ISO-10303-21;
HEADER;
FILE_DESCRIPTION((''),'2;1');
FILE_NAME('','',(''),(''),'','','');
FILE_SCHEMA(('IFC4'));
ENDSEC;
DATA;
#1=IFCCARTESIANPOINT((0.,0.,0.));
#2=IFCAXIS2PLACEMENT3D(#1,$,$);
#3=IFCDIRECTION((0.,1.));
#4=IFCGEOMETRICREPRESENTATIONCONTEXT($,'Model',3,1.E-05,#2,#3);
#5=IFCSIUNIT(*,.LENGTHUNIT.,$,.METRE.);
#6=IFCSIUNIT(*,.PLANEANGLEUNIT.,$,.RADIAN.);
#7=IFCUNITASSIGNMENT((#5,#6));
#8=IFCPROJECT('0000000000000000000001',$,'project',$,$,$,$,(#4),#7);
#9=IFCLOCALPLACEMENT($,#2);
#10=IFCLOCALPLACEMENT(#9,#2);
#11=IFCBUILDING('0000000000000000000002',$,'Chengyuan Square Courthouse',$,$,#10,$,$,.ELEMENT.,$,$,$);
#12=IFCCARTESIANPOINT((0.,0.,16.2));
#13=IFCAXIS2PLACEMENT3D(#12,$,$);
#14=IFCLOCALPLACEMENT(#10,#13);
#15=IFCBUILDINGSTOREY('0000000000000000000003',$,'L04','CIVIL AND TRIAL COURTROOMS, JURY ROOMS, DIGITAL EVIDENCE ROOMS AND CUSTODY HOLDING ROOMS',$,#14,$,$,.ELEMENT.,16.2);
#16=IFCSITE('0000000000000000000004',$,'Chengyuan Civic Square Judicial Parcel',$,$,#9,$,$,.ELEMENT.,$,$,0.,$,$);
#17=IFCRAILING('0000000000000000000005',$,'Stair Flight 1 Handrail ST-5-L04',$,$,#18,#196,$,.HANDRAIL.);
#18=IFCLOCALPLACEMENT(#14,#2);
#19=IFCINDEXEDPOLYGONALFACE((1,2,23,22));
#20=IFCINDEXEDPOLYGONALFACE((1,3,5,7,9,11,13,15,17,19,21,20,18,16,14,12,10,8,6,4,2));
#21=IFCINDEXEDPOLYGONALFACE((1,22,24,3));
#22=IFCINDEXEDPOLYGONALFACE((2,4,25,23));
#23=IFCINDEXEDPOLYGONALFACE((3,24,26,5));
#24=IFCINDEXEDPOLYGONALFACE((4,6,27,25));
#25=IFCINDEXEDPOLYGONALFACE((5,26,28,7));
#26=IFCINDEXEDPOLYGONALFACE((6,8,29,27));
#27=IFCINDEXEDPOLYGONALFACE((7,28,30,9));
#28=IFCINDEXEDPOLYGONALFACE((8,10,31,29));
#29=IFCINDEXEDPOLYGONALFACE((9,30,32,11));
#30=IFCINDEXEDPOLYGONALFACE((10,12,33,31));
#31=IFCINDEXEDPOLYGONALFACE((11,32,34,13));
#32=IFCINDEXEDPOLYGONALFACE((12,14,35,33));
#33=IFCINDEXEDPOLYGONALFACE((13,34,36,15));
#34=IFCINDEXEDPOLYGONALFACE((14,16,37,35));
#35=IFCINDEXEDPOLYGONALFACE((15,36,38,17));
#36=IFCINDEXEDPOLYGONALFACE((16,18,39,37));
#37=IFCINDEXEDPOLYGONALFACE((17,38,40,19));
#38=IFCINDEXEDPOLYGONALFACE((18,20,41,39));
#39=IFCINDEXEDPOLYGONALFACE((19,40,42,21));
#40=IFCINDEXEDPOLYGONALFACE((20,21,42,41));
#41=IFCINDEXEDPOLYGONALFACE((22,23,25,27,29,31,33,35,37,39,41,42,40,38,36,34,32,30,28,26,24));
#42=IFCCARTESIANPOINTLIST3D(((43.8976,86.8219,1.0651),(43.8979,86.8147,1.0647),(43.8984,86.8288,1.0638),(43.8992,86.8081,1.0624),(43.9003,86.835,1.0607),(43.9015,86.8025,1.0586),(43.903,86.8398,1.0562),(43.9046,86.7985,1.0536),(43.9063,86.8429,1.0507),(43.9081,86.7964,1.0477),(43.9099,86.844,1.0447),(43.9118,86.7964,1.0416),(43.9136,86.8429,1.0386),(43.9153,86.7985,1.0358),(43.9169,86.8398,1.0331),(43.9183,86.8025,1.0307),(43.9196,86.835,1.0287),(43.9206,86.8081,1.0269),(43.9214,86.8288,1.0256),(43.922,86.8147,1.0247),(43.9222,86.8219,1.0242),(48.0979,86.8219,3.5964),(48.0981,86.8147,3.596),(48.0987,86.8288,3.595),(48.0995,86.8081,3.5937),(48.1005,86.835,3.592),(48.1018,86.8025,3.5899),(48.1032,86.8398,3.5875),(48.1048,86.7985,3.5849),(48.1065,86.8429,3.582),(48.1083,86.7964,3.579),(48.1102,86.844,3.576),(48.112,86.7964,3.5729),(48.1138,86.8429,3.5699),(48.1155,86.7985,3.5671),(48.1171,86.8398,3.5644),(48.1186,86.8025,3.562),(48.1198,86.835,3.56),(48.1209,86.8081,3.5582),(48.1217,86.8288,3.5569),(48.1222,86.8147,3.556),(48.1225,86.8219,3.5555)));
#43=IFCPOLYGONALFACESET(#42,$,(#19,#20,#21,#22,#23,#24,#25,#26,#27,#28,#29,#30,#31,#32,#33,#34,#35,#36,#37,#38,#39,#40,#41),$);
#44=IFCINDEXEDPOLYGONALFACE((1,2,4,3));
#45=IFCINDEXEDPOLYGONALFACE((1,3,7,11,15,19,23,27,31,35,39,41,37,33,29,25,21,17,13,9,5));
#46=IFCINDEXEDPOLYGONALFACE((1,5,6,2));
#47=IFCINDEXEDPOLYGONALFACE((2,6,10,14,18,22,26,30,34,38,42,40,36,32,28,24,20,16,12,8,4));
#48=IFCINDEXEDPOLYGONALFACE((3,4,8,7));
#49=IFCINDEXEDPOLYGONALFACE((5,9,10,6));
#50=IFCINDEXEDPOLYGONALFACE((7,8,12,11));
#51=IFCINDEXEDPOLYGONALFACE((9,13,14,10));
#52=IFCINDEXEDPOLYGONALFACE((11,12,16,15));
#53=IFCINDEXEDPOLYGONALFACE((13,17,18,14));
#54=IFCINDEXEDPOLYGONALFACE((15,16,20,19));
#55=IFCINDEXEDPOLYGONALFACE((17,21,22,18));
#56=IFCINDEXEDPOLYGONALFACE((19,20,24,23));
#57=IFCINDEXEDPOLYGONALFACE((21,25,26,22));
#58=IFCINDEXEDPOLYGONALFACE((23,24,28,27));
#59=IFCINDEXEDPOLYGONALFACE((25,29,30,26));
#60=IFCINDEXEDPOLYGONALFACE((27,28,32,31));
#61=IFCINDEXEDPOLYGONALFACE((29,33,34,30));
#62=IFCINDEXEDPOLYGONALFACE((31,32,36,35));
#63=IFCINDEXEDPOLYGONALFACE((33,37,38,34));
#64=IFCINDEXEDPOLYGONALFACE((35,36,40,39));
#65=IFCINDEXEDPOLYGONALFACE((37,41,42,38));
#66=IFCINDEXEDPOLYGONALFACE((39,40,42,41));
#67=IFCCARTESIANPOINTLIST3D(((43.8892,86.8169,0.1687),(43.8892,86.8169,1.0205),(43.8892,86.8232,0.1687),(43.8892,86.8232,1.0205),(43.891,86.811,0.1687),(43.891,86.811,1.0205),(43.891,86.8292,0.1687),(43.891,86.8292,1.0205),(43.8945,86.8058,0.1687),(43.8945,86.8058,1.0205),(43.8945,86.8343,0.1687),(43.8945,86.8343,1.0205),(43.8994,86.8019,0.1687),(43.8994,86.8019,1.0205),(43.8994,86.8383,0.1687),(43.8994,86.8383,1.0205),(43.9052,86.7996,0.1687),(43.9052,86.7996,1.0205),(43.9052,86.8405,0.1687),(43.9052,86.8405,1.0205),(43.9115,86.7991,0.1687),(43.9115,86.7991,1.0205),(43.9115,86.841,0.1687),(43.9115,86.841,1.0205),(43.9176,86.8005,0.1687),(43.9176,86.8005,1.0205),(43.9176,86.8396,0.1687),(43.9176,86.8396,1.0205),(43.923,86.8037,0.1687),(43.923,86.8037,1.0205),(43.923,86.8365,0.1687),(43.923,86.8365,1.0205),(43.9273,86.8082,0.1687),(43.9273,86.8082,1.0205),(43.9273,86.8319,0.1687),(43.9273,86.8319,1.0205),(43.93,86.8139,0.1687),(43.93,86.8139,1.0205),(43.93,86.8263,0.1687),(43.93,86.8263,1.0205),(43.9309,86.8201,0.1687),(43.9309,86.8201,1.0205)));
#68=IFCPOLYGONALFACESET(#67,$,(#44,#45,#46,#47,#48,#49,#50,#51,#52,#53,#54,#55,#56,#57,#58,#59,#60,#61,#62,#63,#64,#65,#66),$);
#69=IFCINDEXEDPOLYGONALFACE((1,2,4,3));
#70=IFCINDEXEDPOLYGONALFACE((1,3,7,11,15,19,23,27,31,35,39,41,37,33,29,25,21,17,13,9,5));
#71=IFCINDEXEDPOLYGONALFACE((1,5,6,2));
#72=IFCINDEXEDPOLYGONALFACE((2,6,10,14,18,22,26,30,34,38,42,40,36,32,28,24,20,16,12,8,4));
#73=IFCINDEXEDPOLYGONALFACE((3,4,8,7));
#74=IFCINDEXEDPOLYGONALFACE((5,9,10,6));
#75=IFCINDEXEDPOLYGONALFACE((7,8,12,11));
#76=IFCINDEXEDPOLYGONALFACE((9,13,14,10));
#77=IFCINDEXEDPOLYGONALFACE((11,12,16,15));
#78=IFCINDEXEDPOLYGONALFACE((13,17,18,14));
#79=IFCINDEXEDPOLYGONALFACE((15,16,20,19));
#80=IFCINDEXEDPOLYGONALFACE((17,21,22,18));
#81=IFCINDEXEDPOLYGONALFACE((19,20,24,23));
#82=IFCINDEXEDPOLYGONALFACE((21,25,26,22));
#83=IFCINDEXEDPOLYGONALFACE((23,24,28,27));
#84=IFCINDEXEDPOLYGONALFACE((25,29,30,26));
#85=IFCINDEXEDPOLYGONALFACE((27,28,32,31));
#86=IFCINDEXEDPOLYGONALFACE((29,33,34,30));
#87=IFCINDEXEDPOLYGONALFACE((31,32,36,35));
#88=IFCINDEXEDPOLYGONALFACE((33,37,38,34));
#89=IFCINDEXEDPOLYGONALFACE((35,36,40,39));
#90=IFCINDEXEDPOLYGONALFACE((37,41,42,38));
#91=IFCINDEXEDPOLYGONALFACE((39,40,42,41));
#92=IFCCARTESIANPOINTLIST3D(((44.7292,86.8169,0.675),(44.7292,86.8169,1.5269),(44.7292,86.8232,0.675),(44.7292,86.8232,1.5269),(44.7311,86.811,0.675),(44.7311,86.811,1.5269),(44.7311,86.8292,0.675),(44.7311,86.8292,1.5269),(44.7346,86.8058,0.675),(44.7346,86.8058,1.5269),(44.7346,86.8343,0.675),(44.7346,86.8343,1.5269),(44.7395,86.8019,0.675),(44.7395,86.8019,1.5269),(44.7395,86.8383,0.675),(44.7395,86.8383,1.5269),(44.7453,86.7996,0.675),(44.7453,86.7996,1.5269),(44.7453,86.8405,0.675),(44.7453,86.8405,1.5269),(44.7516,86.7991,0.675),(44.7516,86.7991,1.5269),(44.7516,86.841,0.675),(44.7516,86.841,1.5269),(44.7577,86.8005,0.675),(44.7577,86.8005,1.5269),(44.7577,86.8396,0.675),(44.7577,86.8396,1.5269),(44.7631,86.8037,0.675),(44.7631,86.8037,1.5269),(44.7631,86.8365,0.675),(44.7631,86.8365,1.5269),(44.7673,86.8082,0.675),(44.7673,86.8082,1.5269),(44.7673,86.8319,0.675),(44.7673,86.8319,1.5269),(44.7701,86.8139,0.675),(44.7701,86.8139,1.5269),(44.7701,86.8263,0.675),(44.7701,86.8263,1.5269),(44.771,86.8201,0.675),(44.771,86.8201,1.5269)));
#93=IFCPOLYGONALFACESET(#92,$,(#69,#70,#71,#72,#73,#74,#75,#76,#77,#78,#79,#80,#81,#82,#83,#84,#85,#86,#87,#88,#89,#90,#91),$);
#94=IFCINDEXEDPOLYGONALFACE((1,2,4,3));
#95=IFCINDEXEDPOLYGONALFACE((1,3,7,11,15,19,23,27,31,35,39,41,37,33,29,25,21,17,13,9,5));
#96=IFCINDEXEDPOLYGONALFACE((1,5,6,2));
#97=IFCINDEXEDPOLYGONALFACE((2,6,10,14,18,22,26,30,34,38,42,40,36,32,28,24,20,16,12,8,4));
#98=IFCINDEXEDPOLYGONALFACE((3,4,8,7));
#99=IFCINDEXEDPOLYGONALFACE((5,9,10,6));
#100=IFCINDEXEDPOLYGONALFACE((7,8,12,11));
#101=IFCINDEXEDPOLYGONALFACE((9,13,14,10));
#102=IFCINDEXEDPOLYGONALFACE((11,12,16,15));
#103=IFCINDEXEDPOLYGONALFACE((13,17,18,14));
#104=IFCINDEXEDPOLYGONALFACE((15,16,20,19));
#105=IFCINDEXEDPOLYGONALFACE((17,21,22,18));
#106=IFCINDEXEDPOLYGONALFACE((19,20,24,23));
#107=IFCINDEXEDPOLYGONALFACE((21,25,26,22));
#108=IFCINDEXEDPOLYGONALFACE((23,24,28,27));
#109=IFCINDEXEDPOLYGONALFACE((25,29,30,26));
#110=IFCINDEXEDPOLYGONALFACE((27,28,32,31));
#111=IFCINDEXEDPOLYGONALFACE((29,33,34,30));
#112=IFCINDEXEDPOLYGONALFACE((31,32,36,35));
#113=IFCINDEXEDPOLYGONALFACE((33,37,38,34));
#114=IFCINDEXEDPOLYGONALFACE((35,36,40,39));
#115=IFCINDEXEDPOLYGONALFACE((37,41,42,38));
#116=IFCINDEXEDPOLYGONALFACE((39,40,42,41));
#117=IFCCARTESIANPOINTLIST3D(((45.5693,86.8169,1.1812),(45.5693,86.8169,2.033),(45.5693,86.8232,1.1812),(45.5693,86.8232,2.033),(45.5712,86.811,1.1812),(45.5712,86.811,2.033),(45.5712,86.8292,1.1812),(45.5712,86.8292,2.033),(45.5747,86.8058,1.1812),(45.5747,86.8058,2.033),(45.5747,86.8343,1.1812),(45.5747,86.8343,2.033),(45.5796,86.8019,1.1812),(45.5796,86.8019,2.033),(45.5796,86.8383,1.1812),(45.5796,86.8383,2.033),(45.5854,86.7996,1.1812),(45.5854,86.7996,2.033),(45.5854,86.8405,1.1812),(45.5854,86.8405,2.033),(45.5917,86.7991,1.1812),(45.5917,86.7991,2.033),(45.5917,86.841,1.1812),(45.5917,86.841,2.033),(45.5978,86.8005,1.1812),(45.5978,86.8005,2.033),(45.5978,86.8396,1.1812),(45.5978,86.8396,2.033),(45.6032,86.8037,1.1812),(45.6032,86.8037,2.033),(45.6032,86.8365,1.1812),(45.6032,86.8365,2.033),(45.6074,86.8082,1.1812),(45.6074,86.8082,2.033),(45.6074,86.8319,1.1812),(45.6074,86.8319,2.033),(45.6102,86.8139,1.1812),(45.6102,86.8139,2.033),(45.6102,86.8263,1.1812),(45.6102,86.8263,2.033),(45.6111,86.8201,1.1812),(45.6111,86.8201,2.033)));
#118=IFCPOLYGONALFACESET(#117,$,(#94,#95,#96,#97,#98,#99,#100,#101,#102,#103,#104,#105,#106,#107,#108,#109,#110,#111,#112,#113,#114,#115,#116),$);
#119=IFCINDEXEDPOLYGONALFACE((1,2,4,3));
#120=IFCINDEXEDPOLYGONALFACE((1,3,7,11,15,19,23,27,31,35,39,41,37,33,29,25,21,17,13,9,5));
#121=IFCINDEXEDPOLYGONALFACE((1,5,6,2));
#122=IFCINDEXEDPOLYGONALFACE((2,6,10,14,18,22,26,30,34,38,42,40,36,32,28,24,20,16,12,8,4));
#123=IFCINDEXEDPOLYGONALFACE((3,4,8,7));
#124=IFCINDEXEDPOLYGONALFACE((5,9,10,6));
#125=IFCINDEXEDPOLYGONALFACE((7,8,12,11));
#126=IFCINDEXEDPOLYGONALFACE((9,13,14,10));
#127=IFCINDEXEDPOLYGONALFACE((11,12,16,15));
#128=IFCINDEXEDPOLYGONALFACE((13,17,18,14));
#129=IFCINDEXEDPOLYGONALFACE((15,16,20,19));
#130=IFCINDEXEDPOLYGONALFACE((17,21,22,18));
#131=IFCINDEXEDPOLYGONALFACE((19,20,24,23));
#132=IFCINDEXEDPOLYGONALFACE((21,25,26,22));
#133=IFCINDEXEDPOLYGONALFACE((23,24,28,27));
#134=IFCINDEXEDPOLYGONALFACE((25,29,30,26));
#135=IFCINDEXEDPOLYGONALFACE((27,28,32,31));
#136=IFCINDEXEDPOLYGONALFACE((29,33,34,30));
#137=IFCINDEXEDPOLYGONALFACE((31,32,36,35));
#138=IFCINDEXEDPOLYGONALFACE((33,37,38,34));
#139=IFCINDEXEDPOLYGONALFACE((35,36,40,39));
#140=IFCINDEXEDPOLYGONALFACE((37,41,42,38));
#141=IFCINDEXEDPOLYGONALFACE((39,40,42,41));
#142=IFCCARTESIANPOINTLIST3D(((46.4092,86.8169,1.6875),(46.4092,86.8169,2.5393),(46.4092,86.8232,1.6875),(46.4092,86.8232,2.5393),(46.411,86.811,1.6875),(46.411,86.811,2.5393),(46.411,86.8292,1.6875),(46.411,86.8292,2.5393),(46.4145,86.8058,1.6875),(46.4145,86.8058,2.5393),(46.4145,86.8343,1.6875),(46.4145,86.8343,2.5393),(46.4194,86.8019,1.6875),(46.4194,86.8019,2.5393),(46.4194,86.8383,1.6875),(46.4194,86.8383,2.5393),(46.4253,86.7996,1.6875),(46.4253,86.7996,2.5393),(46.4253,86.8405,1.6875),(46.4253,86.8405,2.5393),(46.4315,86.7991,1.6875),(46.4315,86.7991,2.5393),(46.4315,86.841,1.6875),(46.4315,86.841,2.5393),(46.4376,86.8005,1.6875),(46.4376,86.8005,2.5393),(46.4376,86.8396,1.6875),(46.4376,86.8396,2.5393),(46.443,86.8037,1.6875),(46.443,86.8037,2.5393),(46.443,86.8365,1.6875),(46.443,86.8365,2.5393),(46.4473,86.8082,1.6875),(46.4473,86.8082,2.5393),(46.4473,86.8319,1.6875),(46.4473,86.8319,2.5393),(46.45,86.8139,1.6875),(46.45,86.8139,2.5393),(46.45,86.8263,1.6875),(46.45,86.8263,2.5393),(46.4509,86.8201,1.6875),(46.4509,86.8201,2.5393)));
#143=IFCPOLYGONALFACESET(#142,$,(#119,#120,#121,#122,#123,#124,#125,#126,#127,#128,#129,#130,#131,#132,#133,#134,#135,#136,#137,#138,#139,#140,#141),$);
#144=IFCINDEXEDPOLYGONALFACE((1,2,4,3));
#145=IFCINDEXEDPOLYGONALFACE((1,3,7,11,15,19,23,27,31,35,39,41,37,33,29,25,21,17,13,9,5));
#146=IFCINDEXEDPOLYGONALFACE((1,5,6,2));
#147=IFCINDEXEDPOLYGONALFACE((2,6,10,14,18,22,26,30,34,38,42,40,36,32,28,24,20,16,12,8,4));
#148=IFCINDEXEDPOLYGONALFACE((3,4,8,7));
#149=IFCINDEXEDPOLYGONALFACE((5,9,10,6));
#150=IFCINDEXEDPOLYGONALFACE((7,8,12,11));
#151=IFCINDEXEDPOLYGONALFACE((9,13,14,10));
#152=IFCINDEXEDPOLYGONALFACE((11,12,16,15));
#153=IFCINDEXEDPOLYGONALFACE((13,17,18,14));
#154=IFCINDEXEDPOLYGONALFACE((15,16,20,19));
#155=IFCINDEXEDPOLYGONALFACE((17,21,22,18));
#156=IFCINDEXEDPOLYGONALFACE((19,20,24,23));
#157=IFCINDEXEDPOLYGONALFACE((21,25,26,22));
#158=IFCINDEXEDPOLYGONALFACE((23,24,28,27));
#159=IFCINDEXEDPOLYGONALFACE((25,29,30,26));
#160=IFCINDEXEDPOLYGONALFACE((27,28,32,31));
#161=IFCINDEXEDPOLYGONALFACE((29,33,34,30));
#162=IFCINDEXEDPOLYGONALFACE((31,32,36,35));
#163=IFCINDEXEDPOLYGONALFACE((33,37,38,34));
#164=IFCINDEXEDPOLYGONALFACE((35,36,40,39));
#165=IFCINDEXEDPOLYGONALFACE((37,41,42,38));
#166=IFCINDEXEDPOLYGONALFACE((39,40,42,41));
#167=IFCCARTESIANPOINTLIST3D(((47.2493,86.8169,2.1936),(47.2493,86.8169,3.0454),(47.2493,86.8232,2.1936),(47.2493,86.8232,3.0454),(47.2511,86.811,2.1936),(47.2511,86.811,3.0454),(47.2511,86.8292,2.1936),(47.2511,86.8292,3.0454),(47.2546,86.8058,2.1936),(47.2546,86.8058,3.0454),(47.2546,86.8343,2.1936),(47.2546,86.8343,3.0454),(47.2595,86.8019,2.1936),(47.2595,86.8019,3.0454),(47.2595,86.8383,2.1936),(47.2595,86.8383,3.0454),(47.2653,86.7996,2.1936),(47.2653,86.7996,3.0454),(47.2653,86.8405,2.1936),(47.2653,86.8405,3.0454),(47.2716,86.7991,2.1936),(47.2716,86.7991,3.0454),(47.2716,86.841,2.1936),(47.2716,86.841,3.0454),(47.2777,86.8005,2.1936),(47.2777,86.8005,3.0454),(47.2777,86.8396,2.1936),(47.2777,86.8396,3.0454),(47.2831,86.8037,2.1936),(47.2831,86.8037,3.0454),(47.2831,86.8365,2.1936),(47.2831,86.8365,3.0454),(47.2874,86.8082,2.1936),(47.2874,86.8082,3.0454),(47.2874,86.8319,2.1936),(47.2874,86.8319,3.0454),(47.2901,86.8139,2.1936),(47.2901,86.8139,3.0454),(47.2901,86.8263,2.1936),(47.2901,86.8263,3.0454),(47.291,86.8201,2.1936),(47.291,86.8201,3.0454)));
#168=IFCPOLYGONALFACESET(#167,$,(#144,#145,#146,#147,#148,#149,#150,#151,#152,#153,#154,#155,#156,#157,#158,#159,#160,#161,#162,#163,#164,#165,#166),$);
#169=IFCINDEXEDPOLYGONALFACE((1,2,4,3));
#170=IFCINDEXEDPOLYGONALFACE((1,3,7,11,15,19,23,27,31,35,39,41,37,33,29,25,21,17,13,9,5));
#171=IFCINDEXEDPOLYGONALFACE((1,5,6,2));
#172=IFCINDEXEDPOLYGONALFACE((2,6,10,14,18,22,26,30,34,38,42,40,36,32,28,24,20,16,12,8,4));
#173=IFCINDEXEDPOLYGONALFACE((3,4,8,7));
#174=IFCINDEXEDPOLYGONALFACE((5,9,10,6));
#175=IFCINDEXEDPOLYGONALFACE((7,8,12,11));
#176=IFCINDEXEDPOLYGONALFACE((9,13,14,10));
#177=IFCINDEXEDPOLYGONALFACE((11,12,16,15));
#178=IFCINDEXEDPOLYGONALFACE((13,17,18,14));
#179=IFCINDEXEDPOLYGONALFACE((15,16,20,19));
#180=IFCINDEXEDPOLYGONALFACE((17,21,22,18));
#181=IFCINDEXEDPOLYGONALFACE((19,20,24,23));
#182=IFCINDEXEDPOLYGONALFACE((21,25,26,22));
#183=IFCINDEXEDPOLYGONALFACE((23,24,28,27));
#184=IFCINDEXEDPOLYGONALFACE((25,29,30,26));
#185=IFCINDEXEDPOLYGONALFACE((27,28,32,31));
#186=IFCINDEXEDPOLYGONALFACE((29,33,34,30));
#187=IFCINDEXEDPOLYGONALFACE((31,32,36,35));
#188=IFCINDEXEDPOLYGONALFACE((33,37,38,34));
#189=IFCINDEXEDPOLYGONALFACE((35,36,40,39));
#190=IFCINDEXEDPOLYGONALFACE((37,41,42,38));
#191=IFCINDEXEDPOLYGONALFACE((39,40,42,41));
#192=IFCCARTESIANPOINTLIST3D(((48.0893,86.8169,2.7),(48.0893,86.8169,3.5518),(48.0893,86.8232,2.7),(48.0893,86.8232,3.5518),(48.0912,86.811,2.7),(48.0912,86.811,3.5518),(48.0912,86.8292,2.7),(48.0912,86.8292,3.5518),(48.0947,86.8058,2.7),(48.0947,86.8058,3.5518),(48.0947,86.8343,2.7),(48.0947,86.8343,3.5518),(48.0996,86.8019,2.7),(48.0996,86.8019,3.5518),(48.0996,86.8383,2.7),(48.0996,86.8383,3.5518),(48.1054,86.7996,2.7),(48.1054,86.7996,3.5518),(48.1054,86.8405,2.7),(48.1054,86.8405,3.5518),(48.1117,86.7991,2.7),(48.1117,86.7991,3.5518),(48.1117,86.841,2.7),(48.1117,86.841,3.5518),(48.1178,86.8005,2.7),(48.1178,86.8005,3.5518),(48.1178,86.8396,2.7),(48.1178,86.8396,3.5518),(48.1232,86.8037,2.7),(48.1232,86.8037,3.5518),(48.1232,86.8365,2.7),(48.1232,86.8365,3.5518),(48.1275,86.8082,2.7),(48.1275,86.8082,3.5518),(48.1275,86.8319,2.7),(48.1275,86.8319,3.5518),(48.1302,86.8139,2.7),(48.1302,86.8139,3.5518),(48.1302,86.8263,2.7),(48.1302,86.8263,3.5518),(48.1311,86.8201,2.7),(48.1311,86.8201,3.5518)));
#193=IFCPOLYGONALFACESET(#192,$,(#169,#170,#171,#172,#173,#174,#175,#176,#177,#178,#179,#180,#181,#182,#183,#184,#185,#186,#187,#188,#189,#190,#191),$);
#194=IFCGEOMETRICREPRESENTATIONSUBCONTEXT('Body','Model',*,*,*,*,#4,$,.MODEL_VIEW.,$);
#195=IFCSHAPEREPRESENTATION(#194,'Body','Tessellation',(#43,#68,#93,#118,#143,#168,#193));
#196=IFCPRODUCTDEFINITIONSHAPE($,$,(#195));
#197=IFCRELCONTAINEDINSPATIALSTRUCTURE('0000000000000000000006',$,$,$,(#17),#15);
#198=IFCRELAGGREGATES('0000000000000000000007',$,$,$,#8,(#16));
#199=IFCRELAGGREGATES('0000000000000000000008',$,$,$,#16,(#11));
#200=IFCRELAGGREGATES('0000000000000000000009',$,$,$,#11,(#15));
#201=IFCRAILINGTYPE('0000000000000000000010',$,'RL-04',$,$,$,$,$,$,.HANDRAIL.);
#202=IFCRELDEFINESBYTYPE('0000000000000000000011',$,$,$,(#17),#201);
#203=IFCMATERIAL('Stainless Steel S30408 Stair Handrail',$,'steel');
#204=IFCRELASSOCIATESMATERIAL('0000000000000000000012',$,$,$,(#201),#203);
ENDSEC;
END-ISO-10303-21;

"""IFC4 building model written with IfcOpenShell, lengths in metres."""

from ifc_helpers import new_model, si_unit, direction, frame, origin, origin_2d, place, context, subcontext, project, spatial, circle, extrude, material, type_object, element, save


model = new_model("IFC4")

# Units and contexts
model_context = context("Model", 3, precision=1e-05, world=origin(), true_north=direction((0.0, 1.0)))
body_context = subcontext(model_context, "Body", "Model", "MODEL_VIEW")
ifc_project = project(units=[si_unit("LENGTHUNIT", "METRE"), si_unit("PLANEANGLEUNIT", "RADIAN")], contexts=[model_context])

# Site, building, storey
site_placement = place(None, origin())
site = spatial("IfcSite", under=ifc_project, at=site_placement, Name="Chengyuan Civic Square Judicial Parcel", CompositionType="ELEMENT", RefElevation=0.0)
building_placement = place(site_placement, origin())
building = spatial("IfcBuilding", under=site, at=building_placement, Name="Chengyuan Square Courthouse", CompositionType="ELEMENT")
storey_placement = place(building_placement, frame((0.0, 0.0, 16.2)))
storey = spatial("IfcBuildingStorey", under=building, at=storey_placement, Name="L04", Description="CIVIL AND TRIAL COURTROOMS, JURY ROOMS, DIGITAL EVIDENCE ROOMS AND CUSTODY HOLDING ROOMS", CompositionType="ELEMENT", Elevation=16.2)

# Railing
ifc_material_1 = material(Name="Stainless Steel S30408 Stair Handrail", Category="steel")
railing_type_1 = type_object("IfcRailingType", Name="RL-04", PredefinedType="HANDRAIL", material=ifc_material_1)
railing_1_placement = place(storey_placement, frame((43.9099, 86.8201, 0.1687)))
element("IfcRailing", 1, at=railing_1_placement, inside=storey, type_object=railing_type_1, Name="Stair Flight 1 Handrail ST-5-L04", PredefinedType="HANDRAIL", context=body_context, shape_type="SweptSolid", body=[
    extrude(circle(Radius=0.0239, at=origin_2d()), frame((0.0, 0.0, 0.876), z_axis=(0.85649, 0.0, 0.516164), x_axis=(0.0, 1.0, 0.0)), (0.0, 0.0, 1.0), 4.9041),
    extrude(circle(Radius=0.021, at=origin_2d()), origin(), (0.0, 0.0, 1.0), 0.8518),
    extrude(circle(Radius=0.021, at=origin_2d()), frame((0.8401, 0.0, 0.5063)), (0.0, 0.0, 1.0), 0.8518),
    extrude(circle(Radius=0.021, at=origin_2d()), frame((1.6802, 0.0, 1.0125)), (0.0, 0.0, 1.0), 0.8518),
    extrude(circle(Radius=0.021, at=origin_2d()), frame((2.52, 0.0, 1.5188)), (0.0, 0.0, 1.0), 0.8518),
    extrude(circle(Radius=0.021, at=origin_2d()), frame((3.3601, 0.0, 2.0249)), (0.0, 0.0, 1.0), 0.8518),
    extrude(circle(Radius=0.021, at=origin_2d()), frame((4.2002, 0.0, 2.5312)), (0.0, 0.0, 1.0), 0.8518),
])

save(model, "model.ifc")
